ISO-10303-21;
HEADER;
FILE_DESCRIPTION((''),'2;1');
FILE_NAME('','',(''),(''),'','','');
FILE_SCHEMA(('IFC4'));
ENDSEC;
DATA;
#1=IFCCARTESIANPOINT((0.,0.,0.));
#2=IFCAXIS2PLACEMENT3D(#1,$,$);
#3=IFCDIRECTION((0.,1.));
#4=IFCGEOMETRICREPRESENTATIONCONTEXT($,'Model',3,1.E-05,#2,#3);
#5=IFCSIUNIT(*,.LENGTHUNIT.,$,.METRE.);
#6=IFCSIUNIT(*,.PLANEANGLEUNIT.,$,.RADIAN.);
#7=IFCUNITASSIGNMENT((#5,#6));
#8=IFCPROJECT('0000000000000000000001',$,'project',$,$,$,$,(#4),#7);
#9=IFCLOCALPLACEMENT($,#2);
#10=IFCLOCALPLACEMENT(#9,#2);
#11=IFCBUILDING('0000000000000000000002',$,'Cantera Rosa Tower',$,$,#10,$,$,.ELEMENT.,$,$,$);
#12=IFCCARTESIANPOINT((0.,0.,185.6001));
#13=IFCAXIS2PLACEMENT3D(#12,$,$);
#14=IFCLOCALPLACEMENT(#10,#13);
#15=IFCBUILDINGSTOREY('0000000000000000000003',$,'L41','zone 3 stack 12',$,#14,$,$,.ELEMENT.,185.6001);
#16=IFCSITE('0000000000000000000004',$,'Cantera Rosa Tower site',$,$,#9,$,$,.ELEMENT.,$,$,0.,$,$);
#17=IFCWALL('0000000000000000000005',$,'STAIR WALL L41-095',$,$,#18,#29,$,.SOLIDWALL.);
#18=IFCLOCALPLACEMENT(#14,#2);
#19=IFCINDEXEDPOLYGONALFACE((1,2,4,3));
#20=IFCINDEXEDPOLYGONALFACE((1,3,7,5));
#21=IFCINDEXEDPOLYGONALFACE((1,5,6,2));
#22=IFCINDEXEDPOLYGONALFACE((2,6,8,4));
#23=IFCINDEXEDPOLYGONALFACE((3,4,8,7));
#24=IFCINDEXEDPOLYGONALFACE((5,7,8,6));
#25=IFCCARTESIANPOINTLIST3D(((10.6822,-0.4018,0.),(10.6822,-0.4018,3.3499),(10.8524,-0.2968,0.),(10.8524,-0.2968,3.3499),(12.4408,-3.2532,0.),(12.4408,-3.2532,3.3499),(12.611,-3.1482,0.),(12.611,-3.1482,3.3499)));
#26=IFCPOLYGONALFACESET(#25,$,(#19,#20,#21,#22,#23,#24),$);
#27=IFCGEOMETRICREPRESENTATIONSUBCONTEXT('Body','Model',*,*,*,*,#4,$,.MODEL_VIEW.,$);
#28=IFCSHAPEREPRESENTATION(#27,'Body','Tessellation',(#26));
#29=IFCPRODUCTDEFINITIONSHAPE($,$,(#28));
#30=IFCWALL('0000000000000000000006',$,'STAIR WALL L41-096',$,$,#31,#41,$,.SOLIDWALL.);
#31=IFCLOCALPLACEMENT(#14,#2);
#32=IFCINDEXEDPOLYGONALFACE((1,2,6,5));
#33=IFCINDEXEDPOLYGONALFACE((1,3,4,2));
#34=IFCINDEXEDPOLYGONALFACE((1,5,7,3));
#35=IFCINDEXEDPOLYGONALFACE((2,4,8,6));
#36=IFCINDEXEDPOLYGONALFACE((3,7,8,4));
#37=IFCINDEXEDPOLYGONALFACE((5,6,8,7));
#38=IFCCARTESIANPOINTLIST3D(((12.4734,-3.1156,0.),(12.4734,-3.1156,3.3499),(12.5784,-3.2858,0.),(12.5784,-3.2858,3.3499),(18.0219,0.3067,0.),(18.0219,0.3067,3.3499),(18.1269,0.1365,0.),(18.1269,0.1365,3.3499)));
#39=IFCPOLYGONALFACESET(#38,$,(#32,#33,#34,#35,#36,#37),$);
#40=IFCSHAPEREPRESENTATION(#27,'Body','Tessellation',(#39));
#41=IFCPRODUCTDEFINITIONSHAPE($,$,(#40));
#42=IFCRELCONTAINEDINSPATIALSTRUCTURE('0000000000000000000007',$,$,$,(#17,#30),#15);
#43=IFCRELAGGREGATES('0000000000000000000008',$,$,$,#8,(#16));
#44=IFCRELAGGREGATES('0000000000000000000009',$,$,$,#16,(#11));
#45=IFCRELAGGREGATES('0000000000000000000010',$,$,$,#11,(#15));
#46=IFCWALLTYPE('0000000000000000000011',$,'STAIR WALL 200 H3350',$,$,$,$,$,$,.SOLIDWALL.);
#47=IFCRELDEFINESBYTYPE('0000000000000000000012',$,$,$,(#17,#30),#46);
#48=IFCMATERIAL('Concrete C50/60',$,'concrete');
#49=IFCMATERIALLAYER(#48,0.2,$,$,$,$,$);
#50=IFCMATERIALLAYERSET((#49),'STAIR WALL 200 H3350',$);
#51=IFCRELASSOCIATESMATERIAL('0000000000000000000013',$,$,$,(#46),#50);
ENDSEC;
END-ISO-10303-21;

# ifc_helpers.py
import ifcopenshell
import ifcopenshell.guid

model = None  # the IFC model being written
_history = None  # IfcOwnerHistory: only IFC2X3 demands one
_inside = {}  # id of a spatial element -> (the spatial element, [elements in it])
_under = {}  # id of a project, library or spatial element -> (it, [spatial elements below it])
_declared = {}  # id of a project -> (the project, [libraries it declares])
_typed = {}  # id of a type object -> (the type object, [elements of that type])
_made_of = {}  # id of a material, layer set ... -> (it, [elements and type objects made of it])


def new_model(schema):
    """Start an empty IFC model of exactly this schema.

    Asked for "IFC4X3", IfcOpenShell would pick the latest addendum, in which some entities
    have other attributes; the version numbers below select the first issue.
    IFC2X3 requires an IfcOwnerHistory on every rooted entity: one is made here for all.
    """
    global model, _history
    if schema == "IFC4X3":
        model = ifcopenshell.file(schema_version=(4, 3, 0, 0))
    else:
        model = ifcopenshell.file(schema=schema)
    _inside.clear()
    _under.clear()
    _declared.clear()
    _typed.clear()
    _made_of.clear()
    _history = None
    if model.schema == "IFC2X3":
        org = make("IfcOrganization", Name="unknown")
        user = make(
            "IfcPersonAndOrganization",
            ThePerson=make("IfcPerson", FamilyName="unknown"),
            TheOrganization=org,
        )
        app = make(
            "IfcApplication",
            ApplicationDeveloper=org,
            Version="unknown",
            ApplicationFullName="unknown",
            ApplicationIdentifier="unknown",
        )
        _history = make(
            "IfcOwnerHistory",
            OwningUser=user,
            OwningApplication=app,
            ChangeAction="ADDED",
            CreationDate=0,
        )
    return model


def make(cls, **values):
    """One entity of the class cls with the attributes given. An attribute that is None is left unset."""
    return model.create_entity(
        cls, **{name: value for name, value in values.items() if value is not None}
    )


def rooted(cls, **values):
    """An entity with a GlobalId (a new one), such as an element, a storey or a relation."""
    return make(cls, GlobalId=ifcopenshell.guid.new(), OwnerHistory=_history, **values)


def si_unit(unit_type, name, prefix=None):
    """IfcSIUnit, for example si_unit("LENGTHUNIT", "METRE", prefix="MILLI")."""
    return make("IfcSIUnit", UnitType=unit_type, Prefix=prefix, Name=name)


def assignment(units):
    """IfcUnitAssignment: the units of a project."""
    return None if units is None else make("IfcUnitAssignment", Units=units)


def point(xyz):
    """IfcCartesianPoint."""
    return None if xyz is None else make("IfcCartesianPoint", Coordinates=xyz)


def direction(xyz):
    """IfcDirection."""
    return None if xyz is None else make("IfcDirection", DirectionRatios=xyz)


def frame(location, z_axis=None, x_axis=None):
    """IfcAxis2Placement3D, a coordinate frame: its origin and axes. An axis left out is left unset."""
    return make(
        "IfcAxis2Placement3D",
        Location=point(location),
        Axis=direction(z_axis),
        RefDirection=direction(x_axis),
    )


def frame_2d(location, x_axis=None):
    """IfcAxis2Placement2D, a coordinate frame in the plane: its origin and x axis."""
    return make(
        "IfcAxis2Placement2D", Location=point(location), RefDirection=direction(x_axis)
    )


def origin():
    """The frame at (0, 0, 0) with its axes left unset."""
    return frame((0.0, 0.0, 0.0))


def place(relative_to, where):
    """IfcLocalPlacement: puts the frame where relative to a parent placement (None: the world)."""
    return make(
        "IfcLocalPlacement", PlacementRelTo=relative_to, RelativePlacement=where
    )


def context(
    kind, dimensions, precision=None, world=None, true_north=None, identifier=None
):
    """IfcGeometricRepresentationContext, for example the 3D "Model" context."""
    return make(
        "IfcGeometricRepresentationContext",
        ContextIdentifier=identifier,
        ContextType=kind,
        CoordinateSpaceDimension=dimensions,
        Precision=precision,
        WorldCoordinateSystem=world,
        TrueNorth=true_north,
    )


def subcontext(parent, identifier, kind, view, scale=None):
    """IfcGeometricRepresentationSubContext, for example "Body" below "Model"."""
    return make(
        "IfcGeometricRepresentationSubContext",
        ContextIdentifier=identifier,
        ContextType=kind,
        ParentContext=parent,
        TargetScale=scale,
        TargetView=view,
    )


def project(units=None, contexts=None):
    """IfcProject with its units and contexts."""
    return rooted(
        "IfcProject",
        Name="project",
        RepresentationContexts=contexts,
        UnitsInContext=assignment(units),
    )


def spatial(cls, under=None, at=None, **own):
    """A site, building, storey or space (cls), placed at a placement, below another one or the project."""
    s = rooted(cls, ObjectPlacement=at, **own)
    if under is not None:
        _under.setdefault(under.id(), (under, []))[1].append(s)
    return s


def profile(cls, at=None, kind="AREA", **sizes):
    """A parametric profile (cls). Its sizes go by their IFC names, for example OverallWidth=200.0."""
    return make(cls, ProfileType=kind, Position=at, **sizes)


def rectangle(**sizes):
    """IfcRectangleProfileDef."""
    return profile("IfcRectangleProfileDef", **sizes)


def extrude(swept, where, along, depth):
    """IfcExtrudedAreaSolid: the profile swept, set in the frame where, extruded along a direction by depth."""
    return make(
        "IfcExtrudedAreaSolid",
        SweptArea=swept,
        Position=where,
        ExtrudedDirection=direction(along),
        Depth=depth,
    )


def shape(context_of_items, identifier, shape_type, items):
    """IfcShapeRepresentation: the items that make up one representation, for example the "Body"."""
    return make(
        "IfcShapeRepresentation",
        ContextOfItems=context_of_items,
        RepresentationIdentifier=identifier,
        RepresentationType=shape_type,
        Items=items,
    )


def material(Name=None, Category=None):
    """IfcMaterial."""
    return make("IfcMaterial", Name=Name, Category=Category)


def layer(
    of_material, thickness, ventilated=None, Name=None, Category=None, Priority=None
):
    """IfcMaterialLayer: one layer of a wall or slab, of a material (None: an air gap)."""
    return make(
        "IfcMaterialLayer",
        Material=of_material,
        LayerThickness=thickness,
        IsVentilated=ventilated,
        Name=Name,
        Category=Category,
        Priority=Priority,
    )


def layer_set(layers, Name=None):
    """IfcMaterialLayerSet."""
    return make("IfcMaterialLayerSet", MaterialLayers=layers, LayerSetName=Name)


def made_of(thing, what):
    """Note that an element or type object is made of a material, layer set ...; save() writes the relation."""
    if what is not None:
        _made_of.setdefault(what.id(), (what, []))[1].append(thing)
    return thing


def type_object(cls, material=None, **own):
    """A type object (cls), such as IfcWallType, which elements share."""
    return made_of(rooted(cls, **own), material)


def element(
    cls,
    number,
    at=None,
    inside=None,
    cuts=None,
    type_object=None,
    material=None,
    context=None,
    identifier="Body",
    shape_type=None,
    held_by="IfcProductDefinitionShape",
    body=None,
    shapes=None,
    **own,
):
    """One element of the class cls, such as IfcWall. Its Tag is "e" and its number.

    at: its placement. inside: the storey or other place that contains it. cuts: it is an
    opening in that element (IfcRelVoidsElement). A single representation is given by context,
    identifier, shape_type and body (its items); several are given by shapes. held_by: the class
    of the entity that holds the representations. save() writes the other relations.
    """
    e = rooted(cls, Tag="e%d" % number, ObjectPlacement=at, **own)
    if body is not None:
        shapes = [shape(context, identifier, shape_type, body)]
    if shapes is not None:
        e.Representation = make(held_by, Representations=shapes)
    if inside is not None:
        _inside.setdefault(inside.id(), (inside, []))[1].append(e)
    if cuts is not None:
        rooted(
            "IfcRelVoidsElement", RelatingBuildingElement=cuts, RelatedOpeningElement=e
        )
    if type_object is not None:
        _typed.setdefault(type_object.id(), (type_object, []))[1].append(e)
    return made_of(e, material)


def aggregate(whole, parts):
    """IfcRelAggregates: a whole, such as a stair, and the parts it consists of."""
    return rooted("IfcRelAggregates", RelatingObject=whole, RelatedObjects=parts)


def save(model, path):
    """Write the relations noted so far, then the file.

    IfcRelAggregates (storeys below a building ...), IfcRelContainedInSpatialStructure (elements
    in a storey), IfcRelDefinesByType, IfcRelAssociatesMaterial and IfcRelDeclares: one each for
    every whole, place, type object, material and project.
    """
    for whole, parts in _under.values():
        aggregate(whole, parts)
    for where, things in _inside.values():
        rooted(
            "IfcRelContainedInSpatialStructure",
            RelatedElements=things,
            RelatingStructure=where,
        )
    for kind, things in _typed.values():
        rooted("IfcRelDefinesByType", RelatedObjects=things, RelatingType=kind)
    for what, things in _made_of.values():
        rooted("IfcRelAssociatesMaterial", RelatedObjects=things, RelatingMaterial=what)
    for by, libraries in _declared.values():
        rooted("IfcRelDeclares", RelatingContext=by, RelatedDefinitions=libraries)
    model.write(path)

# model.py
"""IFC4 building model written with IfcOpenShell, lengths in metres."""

from ifc_helpers import new_model, si_unit, direction, frame, frame_2d, origin, place, context, subcontext, project, spatial, rectangle, extrude, material, layer, layer_set, type_object, element, save


model = new_model("IFC4")

# Units and contexts
model_context = context("Model", 3, precision=1e-05, world=origin(), true_north=direction((0.0, 1.0)))
body_context = subcontext(model_context, "Body", "Model", "MODEL_VIEW")
ifc_project = project(units=[si_unit("LENGTHUNIT", "METRE"), si_unit("PLANEANGLEUNIT", "RADIAN")], contexts=[model_context])

# Site, building, storey
site_placement = place(None, origin())
site = spatial("IfcSite", under=ifc_project, at=site_placement, Name="Cantera Rosa Tower site", CompositionType="ELEMENT", RefElevation=0.0)
building_placement = place(site_placement, origin())
building = spatial("IfcBuilding", under=site, at=building_placement, Name="Cantera Rosa Tower", CompositionType="ELEMENT")
storey_placement = place(building_placement, frame((0.0, 0.0, 185.6001)))
storey = spatial("IfcBuildingStorey", under=building, at=storey_placement, Name="L41", Description="zone 3 stack 12", CompositionType="ELEMENT", Elevation=185.6001)

# Walls
ifc_material_1 = material(Name="Concrete C50/60", Category="concrete")
ifc_layer_1 = layer(ifc_material_1, 0.2)
ifc_layer_set_1 = layer_set([ifc_layer_1], Name="STAIR WALL 200 H3350")
wall_type_1 = type_object("IfcWallType", Name="STAIR WALL 200 H3350", PredefinedType="SOLIDWALL", material=ifc_layer_set_1)
wall_1_placement = place(storey_placement, frame((12.5259, -3.2007, 0.0), z_axis=(0.0, 0.0, 1.0), x_axis=(-0.524939, 0.85114, 0.0)))
element("IfcWall", 1, at=wall_1_placement, inside=storey, type_object=wall_type_1, Name="STAIR WALL L41-095", PredefinedType="SOLIDWALL", context=body_context, shape_type="SweptSolid", body=[
    extrude(rectangle(XDim=3.3501, YDim=0.2, at=frame_2d((1.675, 0.0))), origin(), (0.0, 0.0, 1.0), 3.3499),
])
wall_2_placement = place(storey_placement, frame((12.5259, -3.2007, 0.0), z_axis=(0.0, 0.0, 1.0), x_axis=(0.85112, 0.524971, 0.0)))
element("IfcWall", 2, at=wall_2_placement, inside=storey, type_object=wall_type_1, Name="STAIR WALL L41-096", PredefinedType="SOLIDWALL", context=body_context, shape_type="SweptSolid", body=[
    extrude(rectangle(XDim=6.519, YDim=0.2, at=frame_2d((3.2595, 0.0))), origin(), (0.0, 0.0, 1.0), 3.3499),
])

save(model, "model.ifc")
